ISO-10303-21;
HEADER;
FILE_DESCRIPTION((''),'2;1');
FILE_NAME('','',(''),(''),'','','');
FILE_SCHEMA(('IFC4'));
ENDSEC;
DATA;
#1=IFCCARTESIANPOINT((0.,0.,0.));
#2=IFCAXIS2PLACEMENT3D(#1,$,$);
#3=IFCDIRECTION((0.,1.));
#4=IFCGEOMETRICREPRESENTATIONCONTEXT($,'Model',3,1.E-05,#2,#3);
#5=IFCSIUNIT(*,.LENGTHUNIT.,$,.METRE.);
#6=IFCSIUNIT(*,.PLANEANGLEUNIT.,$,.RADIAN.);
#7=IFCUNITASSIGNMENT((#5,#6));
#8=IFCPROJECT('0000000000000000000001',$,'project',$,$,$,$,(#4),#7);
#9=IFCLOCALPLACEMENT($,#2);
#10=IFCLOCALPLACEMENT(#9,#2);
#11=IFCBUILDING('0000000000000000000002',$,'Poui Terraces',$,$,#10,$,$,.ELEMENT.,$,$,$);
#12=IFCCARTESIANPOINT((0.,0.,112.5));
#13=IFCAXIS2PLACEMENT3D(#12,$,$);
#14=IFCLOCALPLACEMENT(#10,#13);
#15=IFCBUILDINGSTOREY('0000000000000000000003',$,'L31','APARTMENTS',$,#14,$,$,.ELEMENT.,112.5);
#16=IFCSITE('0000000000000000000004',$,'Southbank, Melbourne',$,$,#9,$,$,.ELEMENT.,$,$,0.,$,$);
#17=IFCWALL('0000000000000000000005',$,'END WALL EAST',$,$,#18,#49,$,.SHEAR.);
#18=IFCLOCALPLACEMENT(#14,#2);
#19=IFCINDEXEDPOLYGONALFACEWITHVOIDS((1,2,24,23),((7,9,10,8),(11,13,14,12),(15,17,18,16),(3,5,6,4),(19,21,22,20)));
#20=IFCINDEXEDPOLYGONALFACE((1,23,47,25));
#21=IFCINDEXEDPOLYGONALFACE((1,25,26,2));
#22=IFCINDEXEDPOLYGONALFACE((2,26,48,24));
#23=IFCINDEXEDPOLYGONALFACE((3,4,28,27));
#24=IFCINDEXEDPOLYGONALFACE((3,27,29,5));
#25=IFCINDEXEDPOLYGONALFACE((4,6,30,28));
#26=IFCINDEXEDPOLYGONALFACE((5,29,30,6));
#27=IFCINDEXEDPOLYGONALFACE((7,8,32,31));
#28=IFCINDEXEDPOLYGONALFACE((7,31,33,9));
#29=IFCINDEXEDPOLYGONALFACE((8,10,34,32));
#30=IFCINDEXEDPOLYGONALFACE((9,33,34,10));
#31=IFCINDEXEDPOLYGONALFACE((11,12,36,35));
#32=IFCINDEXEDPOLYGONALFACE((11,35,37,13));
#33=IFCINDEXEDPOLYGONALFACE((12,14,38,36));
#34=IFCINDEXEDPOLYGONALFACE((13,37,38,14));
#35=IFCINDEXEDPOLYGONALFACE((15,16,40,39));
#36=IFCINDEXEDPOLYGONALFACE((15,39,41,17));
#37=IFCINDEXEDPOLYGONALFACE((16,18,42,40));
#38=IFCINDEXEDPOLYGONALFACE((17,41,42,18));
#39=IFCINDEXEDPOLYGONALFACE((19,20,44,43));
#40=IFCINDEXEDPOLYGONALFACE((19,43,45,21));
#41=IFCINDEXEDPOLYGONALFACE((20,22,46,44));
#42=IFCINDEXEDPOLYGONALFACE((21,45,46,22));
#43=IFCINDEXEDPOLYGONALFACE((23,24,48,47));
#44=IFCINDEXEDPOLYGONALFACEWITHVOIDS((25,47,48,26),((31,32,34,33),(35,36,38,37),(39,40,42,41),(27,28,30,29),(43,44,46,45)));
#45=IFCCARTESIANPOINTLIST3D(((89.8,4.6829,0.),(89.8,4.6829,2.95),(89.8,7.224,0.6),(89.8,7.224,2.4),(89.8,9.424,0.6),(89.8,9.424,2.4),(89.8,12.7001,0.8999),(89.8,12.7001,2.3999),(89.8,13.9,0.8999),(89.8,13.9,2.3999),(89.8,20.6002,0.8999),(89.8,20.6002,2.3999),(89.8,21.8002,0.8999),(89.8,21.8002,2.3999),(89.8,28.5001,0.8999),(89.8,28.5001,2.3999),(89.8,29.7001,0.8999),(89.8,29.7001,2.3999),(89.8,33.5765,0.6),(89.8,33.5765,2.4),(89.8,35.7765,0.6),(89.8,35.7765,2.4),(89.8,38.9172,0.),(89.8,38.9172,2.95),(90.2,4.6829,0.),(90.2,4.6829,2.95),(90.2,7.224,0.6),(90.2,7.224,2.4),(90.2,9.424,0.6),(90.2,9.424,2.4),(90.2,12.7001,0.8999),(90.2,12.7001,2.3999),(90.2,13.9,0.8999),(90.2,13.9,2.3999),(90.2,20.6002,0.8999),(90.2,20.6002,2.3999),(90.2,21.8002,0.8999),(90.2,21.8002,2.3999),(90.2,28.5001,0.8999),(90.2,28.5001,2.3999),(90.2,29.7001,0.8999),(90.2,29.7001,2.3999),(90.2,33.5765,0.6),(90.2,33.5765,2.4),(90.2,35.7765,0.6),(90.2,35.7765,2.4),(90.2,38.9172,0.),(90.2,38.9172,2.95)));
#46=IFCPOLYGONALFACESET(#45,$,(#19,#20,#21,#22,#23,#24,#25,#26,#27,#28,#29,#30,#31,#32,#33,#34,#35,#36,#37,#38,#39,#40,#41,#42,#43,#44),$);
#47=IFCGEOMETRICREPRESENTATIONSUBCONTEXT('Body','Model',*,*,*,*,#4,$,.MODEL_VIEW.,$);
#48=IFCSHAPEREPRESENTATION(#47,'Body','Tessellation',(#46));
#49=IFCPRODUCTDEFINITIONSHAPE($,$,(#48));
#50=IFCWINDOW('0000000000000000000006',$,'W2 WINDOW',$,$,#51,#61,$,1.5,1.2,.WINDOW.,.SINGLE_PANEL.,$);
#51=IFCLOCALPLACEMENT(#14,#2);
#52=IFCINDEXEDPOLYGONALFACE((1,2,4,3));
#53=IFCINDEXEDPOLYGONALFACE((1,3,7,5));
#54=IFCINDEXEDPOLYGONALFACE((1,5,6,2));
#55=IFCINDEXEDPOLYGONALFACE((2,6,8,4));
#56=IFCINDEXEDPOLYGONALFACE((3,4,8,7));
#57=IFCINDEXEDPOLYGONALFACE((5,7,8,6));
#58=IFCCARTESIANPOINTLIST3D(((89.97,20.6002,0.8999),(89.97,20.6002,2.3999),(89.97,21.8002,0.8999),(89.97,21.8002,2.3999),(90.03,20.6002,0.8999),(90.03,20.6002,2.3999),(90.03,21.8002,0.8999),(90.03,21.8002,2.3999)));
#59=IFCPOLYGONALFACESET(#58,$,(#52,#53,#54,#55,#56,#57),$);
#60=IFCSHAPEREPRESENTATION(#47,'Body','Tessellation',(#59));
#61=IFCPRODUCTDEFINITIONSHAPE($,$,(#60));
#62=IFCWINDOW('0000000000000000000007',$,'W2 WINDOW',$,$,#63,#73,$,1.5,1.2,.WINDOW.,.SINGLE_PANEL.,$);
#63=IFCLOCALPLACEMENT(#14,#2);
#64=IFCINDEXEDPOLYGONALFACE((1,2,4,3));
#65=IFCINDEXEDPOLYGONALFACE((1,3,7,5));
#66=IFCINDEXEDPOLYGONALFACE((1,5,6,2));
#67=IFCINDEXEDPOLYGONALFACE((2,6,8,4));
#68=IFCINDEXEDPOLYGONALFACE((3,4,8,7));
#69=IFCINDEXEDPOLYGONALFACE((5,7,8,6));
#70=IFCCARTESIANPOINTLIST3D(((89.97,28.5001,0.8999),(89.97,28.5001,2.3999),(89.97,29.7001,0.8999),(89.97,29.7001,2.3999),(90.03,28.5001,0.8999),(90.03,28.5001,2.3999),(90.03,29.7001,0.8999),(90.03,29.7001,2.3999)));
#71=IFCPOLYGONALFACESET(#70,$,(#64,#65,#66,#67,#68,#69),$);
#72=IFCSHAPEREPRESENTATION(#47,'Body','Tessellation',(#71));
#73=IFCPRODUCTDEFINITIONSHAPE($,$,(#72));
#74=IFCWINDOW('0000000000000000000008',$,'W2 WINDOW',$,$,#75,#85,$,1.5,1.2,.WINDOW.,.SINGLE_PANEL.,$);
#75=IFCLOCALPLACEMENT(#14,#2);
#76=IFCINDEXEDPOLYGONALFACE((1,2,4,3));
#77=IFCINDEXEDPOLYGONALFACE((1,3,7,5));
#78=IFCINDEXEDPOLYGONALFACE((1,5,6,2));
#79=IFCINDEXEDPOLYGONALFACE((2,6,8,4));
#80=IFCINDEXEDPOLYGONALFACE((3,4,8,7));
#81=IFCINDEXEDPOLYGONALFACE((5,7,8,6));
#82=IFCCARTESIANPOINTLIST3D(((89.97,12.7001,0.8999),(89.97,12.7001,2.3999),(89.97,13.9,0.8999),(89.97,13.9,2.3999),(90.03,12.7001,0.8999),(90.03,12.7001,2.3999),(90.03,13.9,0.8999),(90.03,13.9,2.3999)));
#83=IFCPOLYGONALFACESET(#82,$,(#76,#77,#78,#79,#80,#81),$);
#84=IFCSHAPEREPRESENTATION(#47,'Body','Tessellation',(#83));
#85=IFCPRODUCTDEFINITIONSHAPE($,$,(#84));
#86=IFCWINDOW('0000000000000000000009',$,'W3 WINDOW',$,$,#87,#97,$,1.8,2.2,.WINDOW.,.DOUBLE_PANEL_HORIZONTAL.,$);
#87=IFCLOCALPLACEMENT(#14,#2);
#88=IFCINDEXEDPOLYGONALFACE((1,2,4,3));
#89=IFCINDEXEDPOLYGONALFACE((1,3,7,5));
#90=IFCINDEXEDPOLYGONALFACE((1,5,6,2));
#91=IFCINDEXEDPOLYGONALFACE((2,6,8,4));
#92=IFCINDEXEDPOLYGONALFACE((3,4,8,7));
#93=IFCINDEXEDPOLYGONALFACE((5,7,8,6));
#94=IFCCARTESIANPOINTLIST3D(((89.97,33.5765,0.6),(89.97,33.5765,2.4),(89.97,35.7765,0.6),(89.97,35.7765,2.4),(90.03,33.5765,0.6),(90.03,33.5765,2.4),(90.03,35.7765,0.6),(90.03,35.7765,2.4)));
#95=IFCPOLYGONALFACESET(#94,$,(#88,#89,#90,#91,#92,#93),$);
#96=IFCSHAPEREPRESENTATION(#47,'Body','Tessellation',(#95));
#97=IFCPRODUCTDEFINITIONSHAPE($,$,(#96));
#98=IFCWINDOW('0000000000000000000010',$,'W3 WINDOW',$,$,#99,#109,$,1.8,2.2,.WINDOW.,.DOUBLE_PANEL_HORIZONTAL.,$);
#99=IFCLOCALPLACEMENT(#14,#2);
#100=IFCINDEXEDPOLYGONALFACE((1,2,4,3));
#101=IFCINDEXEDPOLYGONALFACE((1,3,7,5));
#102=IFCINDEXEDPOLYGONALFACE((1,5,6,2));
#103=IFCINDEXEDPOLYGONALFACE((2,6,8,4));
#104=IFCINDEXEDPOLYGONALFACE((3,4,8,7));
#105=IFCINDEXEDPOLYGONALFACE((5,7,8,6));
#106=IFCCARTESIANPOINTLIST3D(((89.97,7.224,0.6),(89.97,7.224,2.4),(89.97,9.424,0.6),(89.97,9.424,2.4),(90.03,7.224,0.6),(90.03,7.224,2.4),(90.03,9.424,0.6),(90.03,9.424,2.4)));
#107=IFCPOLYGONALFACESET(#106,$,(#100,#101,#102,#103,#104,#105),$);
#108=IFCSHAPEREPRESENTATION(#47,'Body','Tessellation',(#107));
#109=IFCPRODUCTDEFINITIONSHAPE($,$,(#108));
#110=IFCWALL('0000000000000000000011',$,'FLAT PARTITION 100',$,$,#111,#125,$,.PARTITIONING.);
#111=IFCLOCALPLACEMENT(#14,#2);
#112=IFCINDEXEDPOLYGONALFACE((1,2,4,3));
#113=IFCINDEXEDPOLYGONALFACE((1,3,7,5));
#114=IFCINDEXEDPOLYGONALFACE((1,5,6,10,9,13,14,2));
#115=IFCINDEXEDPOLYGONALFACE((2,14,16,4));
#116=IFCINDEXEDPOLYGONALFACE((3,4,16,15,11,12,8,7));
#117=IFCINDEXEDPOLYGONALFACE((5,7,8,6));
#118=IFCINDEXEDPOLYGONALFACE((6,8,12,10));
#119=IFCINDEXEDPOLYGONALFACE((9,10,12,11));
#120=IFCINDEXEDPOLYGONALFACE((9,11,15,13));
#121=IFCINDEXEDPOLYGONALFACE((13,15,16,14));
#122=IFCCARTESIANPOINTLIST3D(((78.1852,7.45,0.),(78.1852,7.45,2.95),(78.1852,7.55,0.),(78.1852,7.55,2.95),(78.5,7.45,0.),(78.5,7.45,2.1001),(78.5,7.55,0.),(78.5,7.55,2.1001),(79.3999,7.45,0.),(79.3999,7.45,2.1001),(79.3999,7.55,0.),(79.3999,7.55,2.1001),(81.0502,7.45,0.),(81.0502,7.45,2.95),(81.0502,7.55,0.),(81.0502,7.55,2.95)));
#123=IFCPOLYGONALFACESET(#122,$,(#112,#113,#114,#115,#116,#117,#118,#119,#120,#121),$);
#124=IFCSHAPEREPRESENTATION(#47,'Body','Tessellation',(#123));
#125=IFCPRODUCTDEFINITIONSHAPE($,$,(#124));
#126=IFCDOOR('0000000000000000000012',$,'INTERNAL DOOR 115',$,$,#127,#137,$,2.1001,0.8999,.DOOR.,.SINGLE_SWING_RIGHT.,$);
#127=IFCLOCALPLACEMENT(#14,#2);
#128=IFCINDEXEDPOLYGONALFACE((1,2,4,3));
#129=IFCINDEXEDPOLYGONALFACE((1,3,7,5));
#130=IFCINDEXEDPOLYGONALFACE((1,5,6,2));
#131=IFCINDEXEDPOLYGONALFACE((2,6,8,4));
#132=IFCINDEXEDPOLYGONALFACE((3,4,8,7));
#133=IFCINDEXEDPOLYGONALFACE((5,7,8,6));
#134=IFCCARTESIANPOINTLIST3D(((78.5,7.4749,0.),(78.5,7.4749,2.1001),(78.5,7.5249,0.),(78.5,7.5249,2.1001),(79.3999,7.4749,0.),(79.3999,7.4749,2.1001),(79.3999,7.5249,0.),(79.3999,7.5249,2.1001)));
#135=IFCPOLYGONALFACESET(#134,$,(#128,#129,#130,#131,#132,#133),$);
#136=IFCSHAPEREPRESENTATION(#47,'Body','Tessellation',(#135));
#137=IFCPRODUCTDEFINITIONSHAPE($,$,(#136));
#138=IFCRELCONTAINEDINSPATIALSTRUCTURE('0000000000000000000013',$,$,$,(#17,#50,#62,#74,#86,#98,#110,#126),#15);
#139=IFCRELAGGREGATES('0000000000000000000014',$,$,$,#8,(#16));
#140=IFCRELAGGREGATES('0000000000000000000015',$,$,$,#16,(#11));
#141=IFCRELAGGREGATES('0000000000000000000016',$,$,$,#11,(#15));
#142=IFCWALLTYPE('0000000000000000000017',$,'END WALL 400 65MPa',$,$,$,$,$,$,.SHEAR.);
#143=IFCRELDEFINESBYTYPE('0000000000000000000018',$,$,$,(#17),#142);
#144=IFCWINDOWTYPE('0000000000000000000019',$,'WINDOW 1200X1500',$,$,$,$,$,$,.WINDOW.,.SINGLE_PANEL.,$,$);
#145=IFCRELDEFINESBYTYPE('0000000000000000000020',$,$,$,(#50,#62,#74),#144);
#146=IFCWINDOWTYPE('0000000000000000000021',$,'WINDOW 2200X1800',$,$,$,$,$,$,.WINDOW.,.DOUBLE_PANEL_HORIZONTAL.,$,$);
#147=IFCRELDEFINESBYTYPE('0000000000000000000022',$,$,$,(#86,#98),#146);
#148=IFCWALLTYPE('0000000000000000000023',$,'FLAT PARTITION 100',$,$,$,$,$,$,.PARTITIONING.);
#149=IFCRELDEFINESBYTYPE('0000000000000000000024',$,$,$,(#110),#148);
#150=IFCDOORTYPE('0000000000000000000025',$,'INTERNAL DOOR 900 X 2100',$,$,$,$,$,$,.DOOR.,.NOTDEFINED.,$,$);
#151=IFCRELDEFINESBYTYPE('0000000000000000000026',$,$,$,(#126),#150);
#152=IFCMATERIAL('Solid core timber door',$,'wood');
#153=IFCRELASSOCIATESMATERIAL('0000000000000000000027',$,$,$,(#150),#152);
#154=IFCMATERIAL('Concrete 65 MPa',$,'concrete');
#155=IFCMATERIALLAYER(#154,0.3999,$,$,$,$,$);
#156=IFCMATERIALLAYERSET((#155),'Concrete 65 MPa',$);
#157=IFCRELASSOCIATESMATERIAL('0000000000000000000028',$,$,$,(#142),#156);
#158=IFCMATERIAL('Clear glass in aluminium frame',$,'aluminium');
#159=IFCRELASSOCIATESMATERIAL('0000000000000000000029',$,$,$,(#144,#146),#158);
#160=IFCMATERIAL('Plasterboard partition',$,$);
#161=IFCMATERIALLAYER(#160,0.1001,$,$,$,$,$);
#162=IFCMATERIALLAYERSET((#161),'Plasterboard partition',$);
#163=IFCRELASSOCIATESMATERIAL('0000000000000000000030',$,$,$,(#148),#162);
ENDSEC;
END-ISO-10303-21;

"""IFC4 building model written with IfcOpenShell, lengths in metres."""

from ifc_helpers import new_model, si_unit, direction, frame, frame_2d, origin, place, context, subcontext, project, spatial, rectangle, extrude, material, layer, layer_set, type_object, element, fill, save


model = new_model("IFC4")

# Units and contexts
model_context = context("Model", 3, precision=1e-05, world=origin(), true_north=direction((0.0, 1.0)))
body_context = subcontext(model_context, "Body", "Model", "MODEL_VIEW")
ifc_project = project(units=[si_unit("LENGTHUNIT", "METRE"), si_unit("PLANEANGLEUNIT", "RADIAN")], contexts=[model_context])

# Site, building, storey
site_placement = place(None, origin())
site = spatial("IfcSite", under=ifc_project, at=site_placement, Name="Southbank, Melbourne", CompositionType="ELEMENT", RefElevation=0.0)
building_placement = place(site_placement, origin())
building = spatial("IfcBuilding", under=site, at=building_placement, Name="Poui Terraces", CompositionType="ELEMENT")
storey_placement = place(building_placement, frame((0.0, 0.0, 112.5)))
storey = spatial("IfcBuildingStorey", under=building, at=storey_placement, Name="L31", Description="APARTMENTS", CompositionType="ELEMENT", Elevation=112.5)

# Shared definitions
ifc_material_1 = material(Name="Concrete 65 MPa", Category="concrete")

# Shared definitions
ifc_material_2 = material(Name="Solid core timber door", Category="wood")
door_type_1 = type_object("IfcDoorType", Name="INTERNAL DOOR 900 X 2100", OperationType="NOTDEFINED", PredefinedType="DOOR", material=ifc_material_2)

# Wall, openings, windows
ifc_layer_1 = layer(ifc_material_1, 0.3999)
ifc_layer_set_1 = layer_set([ifc_layer_1], Name="Concrete 65 MPa")
wall_type_1 = type_object("IfcWallType", Name="END WALL 400 65MPa", PredefinedType="SHEAR", material=ifc_layer_set_1)
wall_1_placement = place(storey_placement, frame((90.0, 4.6829, 0.0), z_axis=(0.0, 0.0, 1.0), x_axis=(0.0, 1.0, 0.0)))
wall_1 = element("IfcWall", 1, at=wall_1_placement, inside=storey, type_object=wall_type_1, Name="END WALL EAST", PredefinedType="SHEAR", context=body_context, shape_type="SweptSolid", body=[
    extrude(rectangle(XDim=34.2344, YDim=0.3999, at=frame_2d((17.1172, 0.0))), origin(), (0.0, 0.0, 1.0), 2.95),
])
opening_1_placement = place(wall_1_placement, frame((15.9172, 0.0, 0.8999)))
opening_1 = element("IfcOpeningElement", 2, at=opening_1_placement, cuts=wall_1, PredefinedType="OPENING", context=body_context, shape_type="SweptSolid", body=[
    extrude(rectangle(XDim=1.2, YDim=1.5, at=frame_2d((0.6001, 0.75))), frame((0.0, 0.21, 0.0), z_axis=(0.0, -1.0, 0.0), x_axis=(1.0, 0.0, 0.0)), (0.0, 0.0, 1.0), 0.4199),
])
opening_2_placement = place(wall_1_placement, frame((23.8171, 0.0, 0.8999)))
opening_2 = element("IfcOpeningElement", 3, at=opening_2_placement, cuts=wall_1, PredefinedType="OPENING", context=body_context, shape_type="SweptSolid", body=[
    extrude(rectangle(XDim=1.2, YDim=1.5, at=frame_2d((0.6001, 0.75))), frame((0.0, 0.21, 0.0), z_axis=(0.0, -1.0, 0.0), x_axis=(1.0, 0.0, 0.0)), (0.0, 0.0, 1.0), 0.4199),
])
opening_3_placement = place(wall_1_placement, frame((8.0171, 0.0, 0.8999)))
opening_3 = element("IfcOpeningElement", 4, at=opening_3_placement, cuts=wall_1, PredefinedType="OPENING", context=body_context, shape_type="SweptSolid", body=[
    extrude(rectangle(XDim=1.2, YDim=1.5, at=frame_2d((0.6001, 0.75))), frame((0.0, 0.21, 0.0), z_axis=(0.0, -1.0, 0.0), x_axis=(1.0, 0.0, 0.0)), (0.0, 0.0, 1.0), 0.4199),
])
opening_4_placement = place(wall_1_placement, frame((28.8936, 0.0, 0.6001)))
opening_4 = element("IfcOpeningElement", 5, at=opening_4_placement, cuts=wall_1, PredefinedType="OPENING", context=body_context, shape_type="SweptSolid", body=[
    extrude(rectangle(XDim=2.2, YDim=1.8, at=frame_2d((1.1001, 0.8999))), frame((0.0, 0.21, 0.0), z_axis=(0.0, -1.0, 0.0), x_axis=(1.0, 0.0, 0.0)), (0.0, 0.0, 1.0), 0.4199),
])
opening_5_placement = place(wall_1_placement, frame((2.541, 0.0, 0.6001)))
opening_5 = element("IfcOpeningElement", 6, at=opening_5_placement, cuts=wall_1, PredefinedType="OPENING", context=body_context, shape_type="SweptSolid", body=[
    extrude(rectangle(XDim=2.2, YDim=1.8, at=frame_2d((1.1001, 0.8999))), frame((0.0, 0.21, 0.0), z_axis=(0.0, -1.0, 0.0), x_axis=(1.0, 0.0, 0.0)), (0.0, 0.0, 1.0), 0.4199),
])
ifc_material_3 = material(Name="Clear glass in aluminium frame", Category="aluminium")
window_type_1 = type_object("IfcWindowType", Name="WINDOW 1200X1500", PartitioningType="SINGLE_PANEL", PredefinedType="WINDOW", material=ifc_material_3)
window_1_placement = place(opening_1_placement, origin())
window_1 = element("IfcWindow", 7, at=window_1_placement, inside=storey, type_object=window_type_1, Name="W2 WINDOW", OverallHeight=1.5, OverallWidth=1.2, PartitioningType="SINGLE_PANEL", PredefinedType="WINDOW", context=body_context, shape_type="SweptSolid", body=[
    extrude(rectangle(XDim=1.2, YDim=1.5, at=frame_2d((0.6001, 0.75))), frame((0.0, 0.03, 0.0), z_axis=(0.0, -1.0, 0.0), x_axis=(1.0, 0.0, 0.0)), (0.0, 0.0, 1.0), 0.0601),
])
fill(opening_1, window_1)
window_2_placement = place(opening_2_placement, origin())
window_2 = element("IfcWindow", 8, at=window_2_placement, inside=storey, type_object=window_type_1, Name="W2 WINDOW", OverallHeight=1.5, OverallWidth=1.2, PartitioningType="SINGLE_PANEL", PredefinedType="WINDOW", context=body_context, shape_type="SweptSolid", body=[
    extrude(rectangle(XDim=1.2, YDim=1.5, at=frame_2d((0.6001, 0.75))), frame((0.0, 0.03, 0.0), z_axis=(0.0, -1.0, 0.0), x_axis=(1.0, 0.0, 0.0)), (0.0, 0.0, 1.0), 0.0601),
])
fill(opening_2, window_2)
window_3_placement = place(opening_3_placement, origin())
window_3 = element("IfcWindow", 9, at=window_3_placement, inside=storey, type_object=window_type_1, Name="W2 WINDOW", OverallHeight=1.5, OverallWidth=1.2, PartitioningType="SINGLE_PANEL", PredefinedType="WINDOW", context=body_context, shape_type="SweptSolid", body=[
    extrude(rectangle(XDim=1.2, YDim=1.5, at=frame_2d((0.6001, 0.75))), frame((0.0, 0.03, 0.0), z_axis=(0.0, -1.0, 0.0), x_axis=(1.0, 0.0, 0.0)), (0.0, 0.0, 1.0), 0.0601),
])
fill(opening_3, window_3)
window_type_2 = type_object("IfcWindowType", Name="WINDOW 2200X1800", PartitioningType="DOUBLE_PANEL_HORIZONTAL", PredefinedType="WINDOW", material=ifc_material_3)
window_4_placement = place(opening_4_placement, origin())
window_4 = element("IfcWindow", 10, at=window_4_placement, inside=storey, type_object=window_type_2, Name="W3 WINDOW", OverallHeight=1.8, OverallWidth=2.2, PartitioningType="DOUBLE_PANEL_HORIZONTAL", PredefinedType="WINDOW", context=body_context, shape_type="SweptSolid", body=[
    extrude(rectangle(XDim=2.2, YDim=1.8, at=frame_2d((1.1001, 0.8999))), frame((0.0, 0.03, 0.0), z_axis=(0.0, -1.0, 0.0), x_axis=(1.0, 0.0, 0.0)), (0.0, 0.0, 1.0), 0.0601),
])
fill(opening_4, window_4)
window_5_placement = place(opening_5_placement, origin())
window_5 = element("IfcWindow", 11, at=window_5_placement, inside=storey, type_object=window_type_2, Name="W3 WINDOW", OverallHeight=1.8, OverallWidth=2.2, PartitioningType="DOUBLE_PANEL_HORIZONTAL", PredefinedType="WINDOW", context=body_context, shape_type="SweptSolid", body=[
    extrude(rectangle(XDim=2.2, YDim=1.8, at=frame_2d((1.1001, 0.8999))), frame((0.0, 0.03, 0.0), z_axis=(0.0, -1.0, 0.0), x_axis=(1.0, 0.0, 0.0)), (0.0, 0.0, 1.0), 0.0601),
])
fill(opening_5, window_5)

# Wall, opening, door
ifc_material_4 = material(Name="Plasterboard partition")
ifc_layer_2 = layer(ifc_material_4, 0.1001)
ifc_layer_set_2 = layer_set([ifc_layer_2], Name="Plasterboard partition")
wall_type_2 = type_object("IfcWallType", Name="FLAT PARTITION 100", PredefinedType="PARTITIONING", material=ifc_layer_set_2)
wall_2_placement = place(storey_placement, frame((78.1851, 7.5, 0.0), z_axis=(0.0, 0.0, 1.0), x_axis=(1.0, 0.0, 0.0)))
wall_2 = element("IfcWall", 12, at=wall_2_placement, inside=storey, type_object=wall_type_2, Name="FLAT PARTITION 100", PredefinedType="PARTITIONING", context=body_context, shape_type="SweptSolid", body=[
    extrude(rectangle(XDim=2.865, YDim=0.1001, at=frame_2d((1.4326, 0.0))), origin(), (0.0, 0.0, 1.0), 2.95),
])
opening_6_placement = place(wall_2_placement, frame((0.3149, 0.0, 0.0)))
opening_6 = element("IfcOpeningElement", 13, at=opening_6_placement, cuts=wall_2, PredefinedType="OPENING", context=body_context, shape_type="SweptSolid", body=[
    extrude(rectangle(XDim=0.8999, YDim=2.1001, at=frame_2d((0.45, 1.05))), frame((0.0, 0.0601, 0.0), z_axis=(0.0, -1.0, 0.0), x_axis=(1.0, 0.0, 0.0)), (0.0, 0.0, 1.0), 0.1201),
])
door_1_placement = place(opening_6_placement, origin())
door_1 = element("IfcDoor", 14, at=door_1_placement, inside=storey, type_object=door_type_1, Name="INTERNAL DOOR 115", OperationType="SINGLE_SWING_RIGHT", OverallHeight=2.1001, OverallWidth=0.8999, PredefinedType="DOOR", context=body_context, shape_type="SweptSolid", body=[
    extrude(rectangle(XDim=0.8999, YDim=2.1001, at=frame_2d((0.45, 1.05))), frame((0.0, 0.0249, 0.0), z_axis=(0.0, -1.0, 0.0), x_axis=(1.0, 0.0, 0.0)), (0.0, 0.0, 1.0), 0.05),
])
fill(opening_6, door_1)

save(model, "model.ifc")
